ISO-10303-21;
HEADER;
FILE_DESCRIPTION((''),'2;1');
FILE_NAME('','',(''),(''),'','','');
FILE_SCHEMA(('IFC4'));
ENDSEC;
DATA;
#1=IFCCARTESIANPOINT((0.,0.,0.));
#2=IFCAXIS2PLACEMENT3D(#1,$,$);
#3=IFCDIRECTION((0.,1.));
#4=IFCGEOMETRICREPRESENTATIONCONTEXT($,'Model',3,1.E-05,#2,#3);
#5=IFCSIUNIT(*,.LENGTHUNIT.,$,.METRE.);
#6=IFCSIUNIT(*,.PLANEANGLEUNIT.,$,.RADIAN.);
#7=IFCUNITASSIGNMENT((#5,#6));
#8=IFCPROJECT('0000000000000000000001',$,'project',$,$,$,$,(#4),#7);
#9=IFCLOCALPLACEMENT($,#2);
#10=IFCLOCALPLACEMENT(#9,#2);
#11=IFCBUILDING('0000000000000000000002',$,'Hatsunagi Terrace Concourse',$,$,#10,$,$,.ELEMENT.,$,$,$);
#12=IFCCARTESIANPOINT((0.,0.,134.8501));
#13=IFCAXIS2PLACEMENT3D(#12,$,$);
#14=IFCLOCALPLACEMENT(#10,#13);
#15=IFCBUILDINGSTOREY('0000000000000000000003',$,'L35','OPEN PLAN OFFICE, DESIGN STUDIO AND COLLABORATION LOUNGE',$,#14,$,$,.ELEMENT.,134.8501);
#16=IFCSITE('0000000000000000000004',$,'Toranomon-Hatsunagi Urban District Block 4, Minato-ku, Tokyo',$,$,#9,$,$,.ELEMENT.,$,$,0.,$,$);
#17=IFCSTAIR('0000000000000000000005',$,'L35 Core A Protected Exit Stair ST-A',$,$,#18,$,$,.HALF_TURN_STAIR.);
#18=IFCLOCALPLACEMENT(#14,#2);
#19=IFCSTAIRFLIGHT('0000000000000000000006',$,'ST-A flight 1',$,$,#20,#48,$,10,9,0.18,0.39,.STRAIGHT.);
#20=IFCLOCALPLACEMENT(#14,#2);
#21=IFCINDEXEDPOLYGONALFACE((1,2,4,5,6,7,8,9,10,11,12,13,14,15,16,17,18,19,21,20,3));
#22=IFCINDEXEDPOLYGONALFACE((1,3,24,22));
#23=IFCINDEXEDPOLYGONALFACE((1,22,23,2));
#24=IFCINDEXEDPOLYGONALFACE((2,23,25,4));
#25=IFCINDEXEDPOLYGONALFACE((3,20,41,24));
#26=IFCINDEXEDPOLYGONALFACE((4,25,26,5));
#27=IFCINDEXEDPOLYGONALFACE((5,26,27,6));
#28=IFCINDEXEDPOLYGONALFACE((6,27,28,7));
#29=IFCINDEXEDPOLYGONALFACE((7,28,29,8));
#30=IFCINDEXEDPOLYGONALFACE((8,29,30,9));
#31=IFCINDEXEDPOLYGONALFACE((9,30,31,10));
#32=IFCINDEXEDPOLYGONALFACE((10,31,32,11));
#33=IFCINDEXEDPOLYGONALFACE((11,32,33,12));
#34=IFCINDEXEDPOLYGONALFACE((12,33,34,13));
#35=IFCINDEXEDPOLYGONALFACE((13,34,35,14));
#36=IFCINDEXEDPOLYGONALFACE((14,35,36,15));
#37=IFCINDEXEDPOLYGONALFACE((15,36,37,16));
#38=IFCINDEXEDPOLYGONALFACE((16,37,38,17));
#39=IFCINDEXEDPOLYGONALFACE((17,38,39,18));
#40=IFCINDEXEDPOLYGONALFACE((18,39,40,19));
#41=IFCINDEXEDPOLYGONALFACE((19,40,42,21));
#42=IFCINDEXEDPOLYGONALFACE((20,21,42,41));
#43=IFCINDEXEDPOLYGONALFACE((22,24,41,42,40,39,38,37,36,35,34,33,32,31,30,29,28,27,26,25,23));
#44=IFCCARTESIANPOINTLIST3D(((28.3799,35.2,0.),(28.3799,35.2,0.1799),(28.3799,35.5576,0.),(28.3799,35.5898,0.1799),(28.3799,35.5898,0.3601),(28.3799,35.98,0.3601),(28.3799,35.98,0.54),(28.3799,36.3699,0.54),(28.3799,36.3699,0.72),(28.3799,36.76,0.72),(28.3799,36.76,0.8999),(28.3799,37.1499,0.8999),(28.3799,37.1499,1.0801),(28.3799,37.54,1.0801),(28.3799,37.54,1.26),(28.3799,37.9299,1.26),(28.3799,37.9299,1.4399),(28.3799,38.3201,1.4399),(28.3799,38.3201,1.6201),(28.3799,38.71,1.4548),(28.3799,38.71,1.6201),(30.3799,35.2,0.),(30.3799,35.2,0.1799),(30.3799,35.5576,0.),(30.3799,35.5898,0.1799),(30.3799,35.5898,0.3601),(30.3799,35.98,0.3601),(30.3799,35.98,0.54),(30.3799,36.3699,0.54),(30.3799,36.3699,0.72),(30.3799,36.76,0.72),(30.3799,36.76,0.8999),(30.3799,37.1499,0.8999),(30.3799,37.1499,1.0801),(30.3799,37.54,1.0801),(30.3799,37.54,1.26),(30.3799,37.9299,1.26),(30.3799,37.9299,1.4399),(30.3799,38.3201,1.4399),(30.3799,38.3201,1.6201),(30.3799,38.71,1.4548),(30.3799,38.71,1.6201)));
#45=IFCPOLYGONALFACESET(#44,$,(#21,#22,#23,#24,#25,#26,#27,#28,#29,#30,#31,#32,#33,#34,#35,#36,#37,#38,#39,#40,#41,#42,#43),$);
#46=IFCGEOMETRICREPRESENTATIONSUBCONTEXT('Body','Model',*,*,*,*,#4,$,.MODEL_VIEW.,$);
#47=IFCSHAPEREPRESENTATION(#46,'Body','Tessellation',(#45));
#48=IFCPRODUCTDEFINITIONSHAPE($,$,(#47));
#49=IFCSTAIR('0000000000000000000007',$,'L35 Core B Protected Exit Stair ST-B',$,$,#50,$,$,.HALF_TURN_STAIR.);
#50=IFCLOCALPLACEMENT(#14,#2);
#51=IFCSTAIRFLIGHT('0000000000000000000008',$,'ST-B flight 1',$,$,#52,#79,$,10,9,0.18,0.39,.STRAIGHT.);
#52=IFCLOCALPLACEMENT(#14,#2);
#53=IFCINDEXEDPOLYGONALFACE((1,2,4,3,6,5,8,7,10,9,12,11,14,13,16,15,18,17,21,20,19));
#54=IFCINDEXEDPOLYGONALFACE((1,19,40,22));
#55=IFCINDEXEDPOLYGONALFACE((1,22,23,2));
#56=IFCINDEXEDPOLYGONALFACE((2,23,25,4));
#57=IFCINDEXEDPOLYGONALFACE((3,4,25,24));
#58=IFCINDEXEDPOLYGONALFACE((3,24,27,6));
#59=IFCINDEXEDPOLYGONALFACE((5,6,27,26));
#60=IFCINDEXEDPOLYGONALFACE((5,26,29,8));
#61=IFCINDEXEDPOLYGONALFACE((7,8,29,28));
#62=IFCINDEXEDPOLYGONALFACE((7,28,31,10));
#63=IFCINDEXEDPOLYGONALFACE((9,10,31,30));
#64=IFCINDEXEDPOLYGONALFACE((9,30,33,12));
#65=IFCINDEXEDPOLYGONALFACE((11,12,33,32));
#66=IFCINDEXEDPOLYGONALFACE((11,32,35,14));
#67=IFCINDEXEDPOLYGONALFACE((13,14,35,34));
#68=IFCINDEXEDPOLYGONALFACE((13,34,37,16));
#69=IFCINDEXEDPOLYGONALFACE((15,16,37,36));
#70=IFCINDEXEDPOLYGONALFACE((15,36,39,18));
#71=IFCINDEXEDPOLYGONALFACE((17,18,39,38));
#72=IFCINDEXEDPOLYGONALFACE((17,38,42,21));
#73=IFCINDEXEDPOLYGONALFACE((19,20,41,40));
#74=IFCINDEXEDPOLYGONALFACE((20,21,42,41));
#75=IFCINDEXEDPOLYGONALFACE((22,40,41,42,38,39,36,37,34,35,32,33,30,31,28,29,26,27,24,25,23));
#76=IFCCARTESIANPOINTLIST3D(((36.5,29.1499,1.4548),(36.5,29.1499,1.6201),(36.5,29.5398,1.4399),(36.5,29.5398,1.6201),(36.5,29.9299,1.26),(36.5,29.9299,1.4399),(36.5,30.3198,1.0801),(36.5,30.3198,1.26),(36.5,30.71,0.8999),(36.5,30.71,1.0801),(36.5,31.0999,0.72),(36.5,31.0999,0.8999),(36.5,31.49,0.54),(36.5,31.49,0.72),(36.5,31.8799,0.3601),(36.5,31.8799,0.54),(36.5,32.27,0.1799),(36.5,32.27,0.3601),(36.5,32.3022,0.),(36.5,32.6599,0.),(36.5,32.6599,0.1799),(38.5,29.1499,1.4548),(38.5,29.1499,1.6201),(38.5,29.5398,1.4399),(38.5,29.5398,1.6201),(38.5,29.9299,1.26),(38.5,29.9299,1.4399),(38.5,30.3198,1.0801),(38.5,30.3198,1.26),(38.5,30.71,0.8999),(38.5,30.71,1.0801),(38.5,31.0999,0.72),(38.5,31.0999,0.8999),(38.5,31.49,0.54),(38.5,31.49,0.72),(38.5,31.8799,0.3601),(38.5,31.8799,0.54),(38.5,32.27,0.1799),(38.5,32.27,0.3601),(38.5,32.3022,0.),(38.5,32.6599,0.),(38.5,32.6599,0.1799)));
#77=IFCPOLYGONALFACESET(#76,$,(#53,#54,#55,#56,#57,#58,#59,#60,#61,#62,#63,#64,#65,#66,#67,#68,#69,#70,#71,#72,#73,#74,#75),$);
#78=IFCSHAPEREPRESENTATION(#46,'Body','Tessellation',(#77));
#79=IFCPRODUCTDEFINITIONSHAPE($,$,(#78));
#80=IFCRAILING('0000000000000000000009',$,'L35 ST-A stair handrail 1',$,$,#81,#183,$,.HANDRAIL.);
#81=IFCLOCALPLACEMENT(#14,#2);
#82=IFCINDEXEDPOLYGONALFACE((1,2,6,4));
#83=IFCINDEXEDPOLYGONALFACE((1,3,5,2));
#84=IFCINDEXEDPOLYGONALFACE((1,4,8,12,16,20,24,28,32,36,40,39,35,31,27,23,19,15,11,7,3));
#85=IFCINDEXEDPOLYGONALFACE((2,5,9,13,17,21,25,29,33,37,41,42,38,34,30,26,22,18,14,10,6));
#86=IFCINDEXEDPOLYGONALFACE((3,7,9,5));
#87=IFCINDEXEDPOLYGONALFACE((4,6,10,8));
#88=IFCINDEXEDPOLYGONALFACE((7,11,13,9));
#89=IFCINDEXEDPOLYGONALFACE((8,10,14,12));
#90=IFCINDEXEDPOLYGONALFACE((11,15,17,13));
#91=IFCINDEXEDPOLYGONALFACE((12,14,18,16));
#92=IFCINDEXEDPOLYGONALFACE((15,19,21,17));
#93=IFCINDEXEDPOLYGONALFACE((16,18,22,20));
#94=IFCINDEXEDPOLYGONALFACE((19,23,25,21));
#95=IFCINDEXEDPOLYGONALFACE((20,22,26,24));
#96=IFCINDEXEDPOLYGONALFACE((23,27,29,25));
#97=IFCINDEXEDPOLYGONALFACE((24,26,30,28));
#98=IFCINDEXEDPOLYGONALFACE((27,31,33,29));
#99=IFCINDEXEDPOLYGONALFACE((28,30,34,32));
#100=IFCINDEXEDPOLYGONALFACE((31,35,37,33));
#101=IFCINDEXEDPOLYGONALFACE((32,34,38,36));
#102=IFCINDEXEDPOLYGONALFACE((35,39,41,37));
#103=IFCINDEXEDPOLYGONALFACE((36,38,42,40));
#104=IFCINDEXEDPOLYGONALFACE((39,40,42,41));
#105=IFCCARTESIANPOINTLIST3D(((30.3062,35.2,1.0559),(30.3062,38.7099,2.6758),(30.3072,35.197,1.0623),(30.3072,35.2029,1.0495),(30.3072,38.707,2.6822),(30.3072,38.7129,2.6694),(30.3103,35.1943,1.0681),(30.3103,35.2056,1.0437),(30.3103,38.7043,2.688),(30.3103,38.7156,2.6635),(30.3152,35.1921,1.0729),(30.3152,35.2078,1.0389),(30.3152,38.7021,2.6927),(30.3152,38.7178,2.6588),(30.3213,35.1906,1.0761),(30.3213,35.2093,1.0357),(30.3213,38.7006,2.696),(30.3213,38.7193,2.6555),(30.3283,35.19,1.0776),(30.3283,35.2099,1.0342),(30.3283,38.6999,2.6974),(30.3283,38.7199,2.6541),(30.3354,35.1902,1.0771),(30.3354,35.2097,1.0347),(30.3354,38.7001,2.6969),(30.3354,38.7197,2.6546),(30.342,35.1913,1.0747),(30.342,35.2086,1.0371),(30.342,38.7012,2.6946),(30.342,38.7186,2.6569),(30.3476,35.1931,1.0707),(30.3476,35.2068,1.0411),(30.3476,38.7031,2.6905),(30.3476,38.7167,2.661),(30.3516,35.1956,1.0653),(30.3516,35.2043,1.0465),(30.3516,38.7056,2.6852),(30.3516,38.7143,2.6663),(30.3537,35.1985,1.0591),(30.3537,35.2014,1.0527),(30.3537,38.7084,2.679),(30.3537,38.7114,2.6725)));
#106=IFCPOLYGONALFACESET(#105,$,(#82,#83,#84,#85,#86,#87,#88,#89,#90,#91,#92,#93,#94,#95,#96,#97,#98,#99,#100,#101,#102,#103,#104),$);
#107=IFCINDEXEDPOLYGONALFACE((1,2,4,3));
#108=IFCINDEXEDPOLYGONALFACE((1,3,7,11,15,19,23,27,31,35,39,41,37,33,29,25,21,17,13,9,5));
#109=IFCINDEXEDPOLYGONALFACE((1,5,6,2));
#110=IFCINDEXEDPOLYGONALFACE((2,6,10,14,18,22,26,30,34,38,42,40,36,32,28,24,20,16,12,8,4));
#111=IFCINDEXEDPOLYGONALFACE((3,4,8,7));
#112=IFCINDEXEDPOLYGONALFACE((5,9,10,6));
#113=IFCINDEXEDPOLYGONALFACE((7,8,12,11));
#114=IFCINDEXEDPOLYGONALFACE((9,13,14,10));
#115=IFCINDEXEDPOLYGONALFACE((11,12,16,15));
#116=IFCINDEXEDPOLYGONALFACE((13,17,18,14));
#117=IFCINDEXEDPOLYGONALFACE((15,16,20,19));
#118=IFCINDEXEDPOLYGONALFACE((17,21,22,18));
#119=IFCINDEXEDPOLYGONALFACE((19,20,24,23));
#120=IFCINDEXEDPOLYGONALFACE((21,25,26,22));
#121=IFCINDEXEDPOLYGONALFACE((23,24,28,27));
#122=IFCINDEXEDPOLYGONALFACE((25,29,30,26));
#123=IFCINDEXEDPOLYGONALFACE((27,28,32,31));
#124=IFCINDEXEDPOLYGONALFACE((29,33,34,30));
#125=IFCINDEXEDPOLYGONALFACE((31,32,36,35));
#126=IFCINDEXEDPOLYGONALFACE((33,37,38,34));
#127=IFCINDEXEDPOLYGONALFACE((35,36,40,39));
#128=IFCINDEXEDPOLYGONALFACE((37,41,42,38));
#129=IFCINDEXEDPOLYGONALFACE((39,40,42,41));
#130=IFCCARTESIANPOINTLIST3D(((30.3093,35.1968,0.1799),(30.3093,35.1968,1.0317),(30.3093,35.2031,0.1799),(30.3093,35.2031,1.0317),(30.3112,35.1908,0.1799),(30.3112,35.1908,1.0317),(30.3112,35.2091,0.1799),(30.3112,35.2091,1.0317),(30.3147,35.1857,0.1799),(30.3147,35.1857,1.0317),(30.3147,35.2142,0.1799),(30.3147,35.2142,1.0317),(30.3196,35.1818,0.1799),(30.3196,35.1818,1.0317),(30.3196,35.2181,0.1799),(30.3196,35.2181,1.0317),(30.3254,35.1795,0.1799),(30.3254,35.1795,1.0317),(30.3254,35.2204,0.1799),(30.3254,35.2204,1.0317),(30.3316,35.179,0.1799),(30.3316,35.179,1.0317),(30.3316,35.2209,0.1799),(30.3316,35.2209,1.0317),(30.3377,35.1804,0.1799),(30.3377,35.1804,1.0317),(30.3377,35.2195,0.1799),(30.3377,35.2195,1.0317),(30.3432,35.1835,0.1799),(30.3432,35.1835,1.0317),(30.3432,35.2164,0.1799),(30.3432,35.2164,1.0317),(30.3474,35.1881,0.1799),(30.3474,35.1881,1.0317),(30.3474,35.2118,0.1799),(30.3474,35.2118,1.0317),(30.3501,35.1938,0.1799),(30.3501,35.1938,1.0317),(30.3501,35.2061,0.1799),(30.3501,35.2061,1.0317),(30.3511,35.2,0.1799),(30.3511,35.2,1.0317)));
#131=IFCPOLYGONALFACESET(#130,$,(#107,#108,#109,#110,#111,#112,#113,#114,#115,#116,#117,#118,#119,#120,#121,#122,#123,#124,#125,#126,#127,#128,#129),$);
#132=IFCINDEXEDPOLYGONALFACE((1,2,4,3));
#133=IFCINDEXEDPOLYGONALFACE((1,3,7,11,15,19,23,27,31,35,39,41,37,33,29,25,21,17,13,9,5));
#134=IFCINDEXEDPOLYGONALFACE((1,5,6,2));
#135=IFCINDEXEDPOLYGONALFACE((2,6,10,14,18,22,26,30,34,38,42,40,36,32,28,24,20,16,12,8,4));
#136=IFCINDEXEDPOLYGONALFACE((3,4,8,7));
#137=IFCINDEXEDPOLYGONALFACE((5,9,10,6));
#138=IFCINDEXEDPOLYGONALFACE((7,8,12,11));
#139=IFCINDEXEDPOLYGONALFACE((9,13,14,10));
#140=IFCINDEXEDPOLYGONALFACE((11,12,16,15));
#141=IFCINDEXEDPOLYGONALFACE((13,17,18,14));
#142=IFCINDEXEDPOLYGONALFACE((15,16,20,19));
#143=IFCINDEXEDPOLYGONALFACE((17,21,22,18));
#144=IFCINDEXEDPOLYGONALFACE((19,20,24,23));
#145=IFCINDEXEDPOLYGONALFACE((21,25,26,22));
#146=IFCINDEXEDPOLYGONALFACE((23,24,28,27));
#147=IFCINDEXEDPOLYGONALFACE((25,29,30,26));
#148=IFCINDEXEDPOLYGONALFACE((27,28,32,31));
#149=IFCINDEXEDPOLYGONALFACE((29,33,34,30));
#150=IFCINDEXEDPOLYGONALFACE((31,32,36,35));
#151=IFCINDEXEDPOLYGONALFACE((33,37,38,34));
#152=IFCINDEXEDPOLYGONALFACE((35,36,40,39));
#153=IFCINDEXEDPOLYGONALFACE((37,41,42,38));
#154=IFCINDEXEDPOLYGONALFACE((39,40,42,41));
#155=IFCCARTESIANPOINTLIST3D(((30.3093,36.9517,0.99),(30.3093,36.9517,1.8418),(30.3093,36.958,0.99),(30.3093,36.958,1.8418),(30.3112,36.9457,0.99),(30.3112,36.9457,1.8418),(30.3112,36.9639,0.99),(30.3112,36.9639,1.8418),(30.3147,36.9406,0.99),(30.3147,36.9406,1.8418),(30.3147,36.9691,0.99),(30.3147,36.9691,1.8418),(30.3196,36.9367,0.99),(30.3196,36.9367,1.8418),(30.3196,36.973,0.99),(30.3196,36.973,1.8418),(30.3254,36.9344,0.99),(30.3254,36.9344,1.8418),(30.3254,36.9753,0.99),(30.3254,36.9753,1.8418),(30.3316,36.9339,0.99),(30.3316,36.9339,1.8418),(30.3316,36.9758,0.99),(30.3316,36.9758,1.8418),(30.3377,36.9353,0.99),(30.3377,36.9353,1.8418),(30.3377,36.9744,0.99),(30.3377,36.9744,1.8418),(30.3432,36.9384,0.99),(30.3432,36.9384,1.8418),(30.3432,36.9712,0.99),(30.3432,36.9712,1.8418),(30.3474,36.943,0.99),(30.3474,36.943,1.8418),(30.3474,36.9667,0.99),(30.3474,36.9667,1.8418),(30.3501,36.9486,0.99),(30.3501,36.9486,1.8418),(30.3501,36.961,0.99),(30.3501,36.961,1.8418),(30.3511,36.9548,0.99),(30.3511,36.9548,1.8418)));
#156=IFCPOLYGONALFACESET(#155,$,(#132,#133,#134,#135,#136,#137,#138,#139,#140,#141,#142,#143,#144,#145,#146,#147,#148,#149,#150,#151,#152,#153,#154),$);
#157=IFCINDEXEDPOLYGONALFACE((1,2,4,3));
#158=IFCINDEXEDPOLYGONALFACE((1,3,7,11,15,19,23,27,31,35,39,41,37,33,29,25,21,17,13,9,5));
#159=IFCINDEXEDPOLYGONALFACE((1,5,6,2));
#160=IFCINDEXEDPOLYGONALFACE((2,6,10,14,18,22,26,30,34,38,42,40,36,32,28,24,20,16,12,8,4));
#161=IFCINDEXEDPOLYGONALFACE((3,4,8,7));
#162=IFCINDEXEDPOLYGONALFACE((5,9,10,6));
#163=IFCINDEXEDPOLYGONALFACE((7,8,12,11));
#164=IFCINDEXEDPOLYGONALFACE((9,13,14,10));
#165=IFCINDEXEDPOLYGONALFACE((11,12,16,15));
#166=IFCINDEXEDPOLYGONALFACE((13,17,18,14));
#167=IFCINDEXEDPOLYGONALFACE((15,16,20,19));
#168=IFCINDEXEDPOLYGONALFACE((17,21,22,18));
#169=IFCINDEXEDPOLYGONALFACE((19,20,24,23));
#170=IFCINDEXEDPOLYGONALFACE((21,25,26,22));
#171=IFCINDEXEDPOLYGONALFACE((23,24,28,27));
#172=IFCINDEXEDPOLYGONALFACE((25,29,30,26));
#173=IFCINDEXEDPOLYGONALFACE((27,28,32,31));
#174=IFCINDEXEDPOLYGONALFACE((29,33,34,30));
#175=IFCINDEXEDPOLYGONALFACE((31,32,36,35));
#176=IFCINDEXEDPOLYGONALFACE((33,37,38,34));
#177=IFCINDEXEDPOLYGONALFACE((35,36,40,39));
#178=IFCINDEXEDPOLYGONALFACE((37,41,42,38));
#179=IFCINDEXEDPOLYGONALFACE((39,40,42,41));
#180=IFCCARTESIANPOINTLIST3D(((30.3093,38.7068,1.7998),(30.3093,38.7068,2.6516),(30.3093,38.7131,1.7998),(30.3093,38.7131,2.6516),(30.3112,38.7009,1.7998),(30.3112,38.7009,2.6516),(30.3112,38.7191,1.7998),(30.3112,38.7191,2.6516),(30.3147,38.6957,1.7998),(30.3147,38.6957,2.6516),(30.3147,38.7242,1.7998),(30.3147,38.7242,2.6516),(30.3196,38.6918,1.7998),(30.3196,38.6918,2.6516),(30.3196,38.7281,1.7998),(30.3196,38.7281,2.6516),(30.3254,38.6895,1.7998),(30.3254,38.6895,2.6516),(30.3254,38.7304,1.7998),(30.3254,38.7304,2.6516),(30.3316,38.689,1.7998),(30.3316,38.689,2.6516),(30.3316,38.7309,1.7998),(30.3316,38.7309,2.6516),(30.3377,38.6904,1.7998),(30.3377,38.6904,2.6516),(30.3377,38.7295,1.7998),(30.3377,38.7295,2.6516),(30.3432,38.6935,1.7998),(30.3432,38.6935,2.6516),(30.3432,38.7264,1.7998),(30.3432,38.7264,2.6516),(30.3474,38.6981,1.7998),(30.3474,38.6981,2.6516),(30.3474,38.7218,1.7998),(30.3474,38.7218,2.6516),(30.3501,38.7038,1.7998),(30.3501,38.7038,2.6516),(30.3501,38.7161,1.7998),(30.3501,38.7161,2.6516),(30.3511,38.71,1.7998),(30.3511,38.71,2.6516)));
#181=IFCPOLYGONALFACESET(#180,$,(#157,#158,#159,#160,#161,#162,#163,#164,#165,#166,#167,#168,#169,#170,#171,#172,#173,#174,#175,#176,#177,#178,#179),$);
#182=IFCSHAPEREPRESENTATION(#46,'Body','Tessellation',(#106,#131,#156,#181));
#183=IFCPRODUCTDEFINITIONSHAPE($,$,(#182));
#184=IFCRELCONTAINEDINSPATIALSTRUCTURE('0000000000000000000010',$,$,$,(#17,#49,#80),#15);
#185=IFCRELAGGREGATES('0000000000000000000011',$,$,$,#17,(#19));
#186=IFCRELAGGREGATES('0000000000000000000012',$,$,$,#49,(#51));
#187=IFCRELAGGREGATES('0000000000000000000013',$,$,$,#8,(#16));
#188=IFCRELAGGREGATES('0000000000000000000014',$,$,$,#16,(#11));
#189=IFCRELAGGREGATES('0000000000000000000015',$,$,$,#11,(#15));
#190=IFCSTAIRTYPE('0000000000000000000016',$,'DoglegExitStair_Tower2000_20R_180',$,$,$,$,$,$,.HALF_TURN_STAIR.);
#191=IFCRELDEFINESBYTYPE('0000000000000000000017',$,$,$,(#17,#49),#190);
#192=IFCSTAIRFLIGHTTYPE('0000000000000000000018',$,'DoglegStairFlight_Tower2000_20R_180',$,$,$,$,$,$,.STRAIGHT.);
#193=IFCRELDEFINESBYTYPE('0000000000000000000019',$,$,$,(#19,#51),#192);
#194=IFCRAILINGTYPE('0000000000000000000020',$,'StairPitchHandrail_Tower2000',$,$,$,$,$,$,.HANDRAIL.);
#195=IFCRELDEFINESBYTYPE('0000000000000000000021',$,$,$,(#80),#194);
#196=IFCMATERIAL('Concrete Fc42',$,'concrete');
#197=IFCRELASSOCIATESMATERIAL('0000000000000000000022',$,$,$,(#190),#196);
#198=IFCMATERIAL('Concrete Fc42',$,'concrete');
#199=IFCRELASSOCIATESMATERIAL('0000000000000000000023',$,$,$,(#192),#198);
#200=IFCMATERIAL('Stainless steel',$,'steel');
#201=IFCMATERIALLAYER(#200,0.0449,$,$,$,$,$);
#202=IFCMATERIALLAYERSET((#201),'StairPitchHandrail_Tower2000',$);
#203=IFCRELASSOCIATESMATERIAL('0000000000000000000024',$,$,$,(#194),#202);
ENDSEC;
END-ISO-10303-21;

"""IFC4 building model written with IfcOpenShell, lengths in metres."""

from ifc_helpers import new_model, si_unit, direction, frame, origin, origin_2d, place, context, subcontext, project, spatial, polyline, circle, outline, extrude, material, layer, layer_set, type_object, element, aggregate, save


model = new_model("IFC4")

# Units and contexts
model_context = context("Model", 3, precision=1e-05, world=origin(), true_north=direction((0.0, 1.0)))
body_context = subcontext(model_context, "Body", "Model", "MODEL_VIEW")
ifc_project = project(units=[si_unit("LENGTHUNIT", "METRE"), si_unit("PLANEANGLEUNIT", "RADIAN")], contexts=[model_context])

# Site, building, storey
site_placement = place(None, origin())
site = spatial("IfcSite", under=ifc_project, at=site_placement, Name="Toranomon-Hatsunagi Urban District Block 4, Minato-ku, Tokyo", CompositionType="ELEMENT", RefElevation=0.0)
building_placement = place(site_placement, origin())
building = spatial("IfcBuilding", under=site, at=building_placement, Name="Hatsunagi Terrace Concourse", CompositionType="ELEMENT")
storey_placement = place(building_placement, frame((0.0, 0.0, 134.8501)))
storey = spatial("IfcBuildingStorey", under=building, at=storey_placement, Name="L35", Description="OPEN PLAN OFFICE, DESIGN STUDIO AND COLLABORATION LOUNGE", CompositionType="ELEMENT", Elevation=134.8501)

# Stairs, stair flights
ifc_material_1 = material(Name="Concrete Fc42", Category="concrete")
stair_type = type_object("IfcStairType", Name="DoglegExitStair_Tower2000_20R_180", PredefinedType="HALF_TURN_STAIR", material=ifc_material_1)
stair_1_placement = place(storey_placement, origin())
stair_1 = element("IfcStair", 1, at=stair_1_placement, inside=storey, type_object=stair_type, Name="L35 Core A Protected Exit Stair ST-A", PredefinedType="HALF_TURN_STAIR")
ifc_material_2 = material(Name="Concrete Fc42", Category="concrete")
stair_flight_type = type_object("IfcStairFlightType", Name="DoglegStairFlight_Tower2000_20R_180", PredefinedType="STRAIGHT", material=ifc_material_2)
stair_flight_1_placement = place(storey_placement, frame((29.3799, 35.2, 0.0), z_axis=(0.0, 0.0, 1.0), x_axis=(0.0, 1.0, 0.0)))
stair_flight_1 = element("IfcStairFlight", 2, at=stair_flight_1_placement, type_object=stair_flight_type, Name="ST-A flight 1", NumberOfRisers=10, NumberOfTreads=9, PredefinedType="STRAIGHT", RiserHeight=0.18, TreadLength=0.39, context=body_context, shape_type="SweptSolid", body=[
    extrude(outline(polyline([(0.0, 0.0), (0.0, 0.1799), (0.3899, 0.1799), (0.3899, 0.3601), (0.78, 0.3601), (0.78, 0.54), (1.1699, 0.54), (1.1699, 0.72), (1.5601, 0.72), (1.5601, 0.8999), (1.95, 0.8999), (1.95, 1.0801), (2.3401, 1.0801), (2.3401, 1.26), (2.73, 1.26), (2.73, 1.4399), (3.1201, 1.4399), (3.1201, 1.6201), (3.51, 1.6201), (3.51, 1.8), (3.51, 1.4548), (0.3577, 0.0), (0.0, 0.0)])), frame((0.0, 1.0, 0.0), z_axis=(0.0, -1.0, 0.0), x_axis=(1.0, 0.0, 0.0)), (0.0, 0.0, 1.0), 2.0),
])
aggregate(stair_1, [stair_flight_1])
stair_2_placement = place(storey_placement, origin())
stair_2 = element("IfcStair", 3, at=stair_2_placement, inside=storey, type_object=stair_type, Name="L35 Core B Protected Exit Stair ST-B", PredefinedType="HALF_TURN_STAIR")
stair_flight_2_placement = place(storey_placement, frame((37.5, 32.6599, 0.0), z_axis=(0.0, 0.0, 1.0), x_axis=(0.0, -1.0, 0.0)))
stair_flight_2 = element("IfcStairFlight", 4, at=stair_flight_2_placement, type_object=stair_flight_type, Name="ST-B flight 1", NumberOfRisers=10, NumberOfTreads=9, PredefinedType="STRAIGHT", RiserHeight=0.18, TreadLength=0.39, context=body_context, shape_type="SweptSolid", body=[
    extrude(outline(polyline([(0.0, 0.0), (0.0, 0.1799), (0.3899, 0.1799), (0.3899, 0.3601), (0.78, 0.3601), (0.78, 0.54), (1.1699, 0.54), (1.1699, 0.72), (1.5601, 0.72), (1.5601, 0.8999), (1.95, 0.8999), (1.95, 1.0801), (2.3401, 1.0801), (2.3401, 1.26), (2.73, 1.26), (2.73, 1.4399), (3.1201, 1.4399), (3.1201, 1.6201), (3.51, 1.6201), (3.51, 1.8), (3.51, 1.4548), (0.3577, 0.0), (0.0, 0.0)])), frame((0.0, 1.0, 0.0), z_axis=(0.0, -1.0, 0.0), x_axis=(1.0, 0.0, 0.0)), (0.0, 0.0, 1.0), 2.0),
])
aggregate(stair_2, [stair_flight_2])

# Railing
ifc_material_3 = material(Name="Stainless steel", Category="steel")
ifc_layer_1 = layer(ifc_material_3, 0.0449)
ifc_layer_set_1 = layer_set([ifc_layer_1], Name="StairPitchHandrail_Tower2000")
railing_type_1 = type_object("IfcRailingType", Name="StairPitchHandrail_Tower2000", PredefinedType="HANDRAIL", material=ifc_layer_set_1)
railing_1_placement = place(storey_placement, frame((30.3301, 35.2, 0.1799)))
element("IfcRailing", 5, at=railing_1_placement, inside=storey, type_object=railing_type_1, Name="L35 ST-A stair handrail 1", PredefinedType="HANDRAIL", context=body_context, shape_type="SweptSolid", body=[
    extrude(circle(Radius=0.0239, at=origin_2d()), frame((0.0, 0.0, 0.876), z_axis=(0.0, 0.907972, 0.41903), x_axis=(-1.0, 0.0, 0.0)), (0.0, 0.0, 1.0), 3.8657),
    extrude(circle(Radius=0.021, at=origin_2d()), origin(), (0.0, 0.0, 1.0), 0.8518),
    extrude(circle(Radius=0.021, at=origin_2d()), frame((0.0, 1.7549, 0.8101)), (0.0, 0.0, 1.0), 0.8518),
    extrude(circle(Radius=0.021, at=origin_2d()), frame((0.0, 3.51, 1.6199)), (0.0, 0.0, 1.0), 0.8518),
])

save(model, "model.ifc")
